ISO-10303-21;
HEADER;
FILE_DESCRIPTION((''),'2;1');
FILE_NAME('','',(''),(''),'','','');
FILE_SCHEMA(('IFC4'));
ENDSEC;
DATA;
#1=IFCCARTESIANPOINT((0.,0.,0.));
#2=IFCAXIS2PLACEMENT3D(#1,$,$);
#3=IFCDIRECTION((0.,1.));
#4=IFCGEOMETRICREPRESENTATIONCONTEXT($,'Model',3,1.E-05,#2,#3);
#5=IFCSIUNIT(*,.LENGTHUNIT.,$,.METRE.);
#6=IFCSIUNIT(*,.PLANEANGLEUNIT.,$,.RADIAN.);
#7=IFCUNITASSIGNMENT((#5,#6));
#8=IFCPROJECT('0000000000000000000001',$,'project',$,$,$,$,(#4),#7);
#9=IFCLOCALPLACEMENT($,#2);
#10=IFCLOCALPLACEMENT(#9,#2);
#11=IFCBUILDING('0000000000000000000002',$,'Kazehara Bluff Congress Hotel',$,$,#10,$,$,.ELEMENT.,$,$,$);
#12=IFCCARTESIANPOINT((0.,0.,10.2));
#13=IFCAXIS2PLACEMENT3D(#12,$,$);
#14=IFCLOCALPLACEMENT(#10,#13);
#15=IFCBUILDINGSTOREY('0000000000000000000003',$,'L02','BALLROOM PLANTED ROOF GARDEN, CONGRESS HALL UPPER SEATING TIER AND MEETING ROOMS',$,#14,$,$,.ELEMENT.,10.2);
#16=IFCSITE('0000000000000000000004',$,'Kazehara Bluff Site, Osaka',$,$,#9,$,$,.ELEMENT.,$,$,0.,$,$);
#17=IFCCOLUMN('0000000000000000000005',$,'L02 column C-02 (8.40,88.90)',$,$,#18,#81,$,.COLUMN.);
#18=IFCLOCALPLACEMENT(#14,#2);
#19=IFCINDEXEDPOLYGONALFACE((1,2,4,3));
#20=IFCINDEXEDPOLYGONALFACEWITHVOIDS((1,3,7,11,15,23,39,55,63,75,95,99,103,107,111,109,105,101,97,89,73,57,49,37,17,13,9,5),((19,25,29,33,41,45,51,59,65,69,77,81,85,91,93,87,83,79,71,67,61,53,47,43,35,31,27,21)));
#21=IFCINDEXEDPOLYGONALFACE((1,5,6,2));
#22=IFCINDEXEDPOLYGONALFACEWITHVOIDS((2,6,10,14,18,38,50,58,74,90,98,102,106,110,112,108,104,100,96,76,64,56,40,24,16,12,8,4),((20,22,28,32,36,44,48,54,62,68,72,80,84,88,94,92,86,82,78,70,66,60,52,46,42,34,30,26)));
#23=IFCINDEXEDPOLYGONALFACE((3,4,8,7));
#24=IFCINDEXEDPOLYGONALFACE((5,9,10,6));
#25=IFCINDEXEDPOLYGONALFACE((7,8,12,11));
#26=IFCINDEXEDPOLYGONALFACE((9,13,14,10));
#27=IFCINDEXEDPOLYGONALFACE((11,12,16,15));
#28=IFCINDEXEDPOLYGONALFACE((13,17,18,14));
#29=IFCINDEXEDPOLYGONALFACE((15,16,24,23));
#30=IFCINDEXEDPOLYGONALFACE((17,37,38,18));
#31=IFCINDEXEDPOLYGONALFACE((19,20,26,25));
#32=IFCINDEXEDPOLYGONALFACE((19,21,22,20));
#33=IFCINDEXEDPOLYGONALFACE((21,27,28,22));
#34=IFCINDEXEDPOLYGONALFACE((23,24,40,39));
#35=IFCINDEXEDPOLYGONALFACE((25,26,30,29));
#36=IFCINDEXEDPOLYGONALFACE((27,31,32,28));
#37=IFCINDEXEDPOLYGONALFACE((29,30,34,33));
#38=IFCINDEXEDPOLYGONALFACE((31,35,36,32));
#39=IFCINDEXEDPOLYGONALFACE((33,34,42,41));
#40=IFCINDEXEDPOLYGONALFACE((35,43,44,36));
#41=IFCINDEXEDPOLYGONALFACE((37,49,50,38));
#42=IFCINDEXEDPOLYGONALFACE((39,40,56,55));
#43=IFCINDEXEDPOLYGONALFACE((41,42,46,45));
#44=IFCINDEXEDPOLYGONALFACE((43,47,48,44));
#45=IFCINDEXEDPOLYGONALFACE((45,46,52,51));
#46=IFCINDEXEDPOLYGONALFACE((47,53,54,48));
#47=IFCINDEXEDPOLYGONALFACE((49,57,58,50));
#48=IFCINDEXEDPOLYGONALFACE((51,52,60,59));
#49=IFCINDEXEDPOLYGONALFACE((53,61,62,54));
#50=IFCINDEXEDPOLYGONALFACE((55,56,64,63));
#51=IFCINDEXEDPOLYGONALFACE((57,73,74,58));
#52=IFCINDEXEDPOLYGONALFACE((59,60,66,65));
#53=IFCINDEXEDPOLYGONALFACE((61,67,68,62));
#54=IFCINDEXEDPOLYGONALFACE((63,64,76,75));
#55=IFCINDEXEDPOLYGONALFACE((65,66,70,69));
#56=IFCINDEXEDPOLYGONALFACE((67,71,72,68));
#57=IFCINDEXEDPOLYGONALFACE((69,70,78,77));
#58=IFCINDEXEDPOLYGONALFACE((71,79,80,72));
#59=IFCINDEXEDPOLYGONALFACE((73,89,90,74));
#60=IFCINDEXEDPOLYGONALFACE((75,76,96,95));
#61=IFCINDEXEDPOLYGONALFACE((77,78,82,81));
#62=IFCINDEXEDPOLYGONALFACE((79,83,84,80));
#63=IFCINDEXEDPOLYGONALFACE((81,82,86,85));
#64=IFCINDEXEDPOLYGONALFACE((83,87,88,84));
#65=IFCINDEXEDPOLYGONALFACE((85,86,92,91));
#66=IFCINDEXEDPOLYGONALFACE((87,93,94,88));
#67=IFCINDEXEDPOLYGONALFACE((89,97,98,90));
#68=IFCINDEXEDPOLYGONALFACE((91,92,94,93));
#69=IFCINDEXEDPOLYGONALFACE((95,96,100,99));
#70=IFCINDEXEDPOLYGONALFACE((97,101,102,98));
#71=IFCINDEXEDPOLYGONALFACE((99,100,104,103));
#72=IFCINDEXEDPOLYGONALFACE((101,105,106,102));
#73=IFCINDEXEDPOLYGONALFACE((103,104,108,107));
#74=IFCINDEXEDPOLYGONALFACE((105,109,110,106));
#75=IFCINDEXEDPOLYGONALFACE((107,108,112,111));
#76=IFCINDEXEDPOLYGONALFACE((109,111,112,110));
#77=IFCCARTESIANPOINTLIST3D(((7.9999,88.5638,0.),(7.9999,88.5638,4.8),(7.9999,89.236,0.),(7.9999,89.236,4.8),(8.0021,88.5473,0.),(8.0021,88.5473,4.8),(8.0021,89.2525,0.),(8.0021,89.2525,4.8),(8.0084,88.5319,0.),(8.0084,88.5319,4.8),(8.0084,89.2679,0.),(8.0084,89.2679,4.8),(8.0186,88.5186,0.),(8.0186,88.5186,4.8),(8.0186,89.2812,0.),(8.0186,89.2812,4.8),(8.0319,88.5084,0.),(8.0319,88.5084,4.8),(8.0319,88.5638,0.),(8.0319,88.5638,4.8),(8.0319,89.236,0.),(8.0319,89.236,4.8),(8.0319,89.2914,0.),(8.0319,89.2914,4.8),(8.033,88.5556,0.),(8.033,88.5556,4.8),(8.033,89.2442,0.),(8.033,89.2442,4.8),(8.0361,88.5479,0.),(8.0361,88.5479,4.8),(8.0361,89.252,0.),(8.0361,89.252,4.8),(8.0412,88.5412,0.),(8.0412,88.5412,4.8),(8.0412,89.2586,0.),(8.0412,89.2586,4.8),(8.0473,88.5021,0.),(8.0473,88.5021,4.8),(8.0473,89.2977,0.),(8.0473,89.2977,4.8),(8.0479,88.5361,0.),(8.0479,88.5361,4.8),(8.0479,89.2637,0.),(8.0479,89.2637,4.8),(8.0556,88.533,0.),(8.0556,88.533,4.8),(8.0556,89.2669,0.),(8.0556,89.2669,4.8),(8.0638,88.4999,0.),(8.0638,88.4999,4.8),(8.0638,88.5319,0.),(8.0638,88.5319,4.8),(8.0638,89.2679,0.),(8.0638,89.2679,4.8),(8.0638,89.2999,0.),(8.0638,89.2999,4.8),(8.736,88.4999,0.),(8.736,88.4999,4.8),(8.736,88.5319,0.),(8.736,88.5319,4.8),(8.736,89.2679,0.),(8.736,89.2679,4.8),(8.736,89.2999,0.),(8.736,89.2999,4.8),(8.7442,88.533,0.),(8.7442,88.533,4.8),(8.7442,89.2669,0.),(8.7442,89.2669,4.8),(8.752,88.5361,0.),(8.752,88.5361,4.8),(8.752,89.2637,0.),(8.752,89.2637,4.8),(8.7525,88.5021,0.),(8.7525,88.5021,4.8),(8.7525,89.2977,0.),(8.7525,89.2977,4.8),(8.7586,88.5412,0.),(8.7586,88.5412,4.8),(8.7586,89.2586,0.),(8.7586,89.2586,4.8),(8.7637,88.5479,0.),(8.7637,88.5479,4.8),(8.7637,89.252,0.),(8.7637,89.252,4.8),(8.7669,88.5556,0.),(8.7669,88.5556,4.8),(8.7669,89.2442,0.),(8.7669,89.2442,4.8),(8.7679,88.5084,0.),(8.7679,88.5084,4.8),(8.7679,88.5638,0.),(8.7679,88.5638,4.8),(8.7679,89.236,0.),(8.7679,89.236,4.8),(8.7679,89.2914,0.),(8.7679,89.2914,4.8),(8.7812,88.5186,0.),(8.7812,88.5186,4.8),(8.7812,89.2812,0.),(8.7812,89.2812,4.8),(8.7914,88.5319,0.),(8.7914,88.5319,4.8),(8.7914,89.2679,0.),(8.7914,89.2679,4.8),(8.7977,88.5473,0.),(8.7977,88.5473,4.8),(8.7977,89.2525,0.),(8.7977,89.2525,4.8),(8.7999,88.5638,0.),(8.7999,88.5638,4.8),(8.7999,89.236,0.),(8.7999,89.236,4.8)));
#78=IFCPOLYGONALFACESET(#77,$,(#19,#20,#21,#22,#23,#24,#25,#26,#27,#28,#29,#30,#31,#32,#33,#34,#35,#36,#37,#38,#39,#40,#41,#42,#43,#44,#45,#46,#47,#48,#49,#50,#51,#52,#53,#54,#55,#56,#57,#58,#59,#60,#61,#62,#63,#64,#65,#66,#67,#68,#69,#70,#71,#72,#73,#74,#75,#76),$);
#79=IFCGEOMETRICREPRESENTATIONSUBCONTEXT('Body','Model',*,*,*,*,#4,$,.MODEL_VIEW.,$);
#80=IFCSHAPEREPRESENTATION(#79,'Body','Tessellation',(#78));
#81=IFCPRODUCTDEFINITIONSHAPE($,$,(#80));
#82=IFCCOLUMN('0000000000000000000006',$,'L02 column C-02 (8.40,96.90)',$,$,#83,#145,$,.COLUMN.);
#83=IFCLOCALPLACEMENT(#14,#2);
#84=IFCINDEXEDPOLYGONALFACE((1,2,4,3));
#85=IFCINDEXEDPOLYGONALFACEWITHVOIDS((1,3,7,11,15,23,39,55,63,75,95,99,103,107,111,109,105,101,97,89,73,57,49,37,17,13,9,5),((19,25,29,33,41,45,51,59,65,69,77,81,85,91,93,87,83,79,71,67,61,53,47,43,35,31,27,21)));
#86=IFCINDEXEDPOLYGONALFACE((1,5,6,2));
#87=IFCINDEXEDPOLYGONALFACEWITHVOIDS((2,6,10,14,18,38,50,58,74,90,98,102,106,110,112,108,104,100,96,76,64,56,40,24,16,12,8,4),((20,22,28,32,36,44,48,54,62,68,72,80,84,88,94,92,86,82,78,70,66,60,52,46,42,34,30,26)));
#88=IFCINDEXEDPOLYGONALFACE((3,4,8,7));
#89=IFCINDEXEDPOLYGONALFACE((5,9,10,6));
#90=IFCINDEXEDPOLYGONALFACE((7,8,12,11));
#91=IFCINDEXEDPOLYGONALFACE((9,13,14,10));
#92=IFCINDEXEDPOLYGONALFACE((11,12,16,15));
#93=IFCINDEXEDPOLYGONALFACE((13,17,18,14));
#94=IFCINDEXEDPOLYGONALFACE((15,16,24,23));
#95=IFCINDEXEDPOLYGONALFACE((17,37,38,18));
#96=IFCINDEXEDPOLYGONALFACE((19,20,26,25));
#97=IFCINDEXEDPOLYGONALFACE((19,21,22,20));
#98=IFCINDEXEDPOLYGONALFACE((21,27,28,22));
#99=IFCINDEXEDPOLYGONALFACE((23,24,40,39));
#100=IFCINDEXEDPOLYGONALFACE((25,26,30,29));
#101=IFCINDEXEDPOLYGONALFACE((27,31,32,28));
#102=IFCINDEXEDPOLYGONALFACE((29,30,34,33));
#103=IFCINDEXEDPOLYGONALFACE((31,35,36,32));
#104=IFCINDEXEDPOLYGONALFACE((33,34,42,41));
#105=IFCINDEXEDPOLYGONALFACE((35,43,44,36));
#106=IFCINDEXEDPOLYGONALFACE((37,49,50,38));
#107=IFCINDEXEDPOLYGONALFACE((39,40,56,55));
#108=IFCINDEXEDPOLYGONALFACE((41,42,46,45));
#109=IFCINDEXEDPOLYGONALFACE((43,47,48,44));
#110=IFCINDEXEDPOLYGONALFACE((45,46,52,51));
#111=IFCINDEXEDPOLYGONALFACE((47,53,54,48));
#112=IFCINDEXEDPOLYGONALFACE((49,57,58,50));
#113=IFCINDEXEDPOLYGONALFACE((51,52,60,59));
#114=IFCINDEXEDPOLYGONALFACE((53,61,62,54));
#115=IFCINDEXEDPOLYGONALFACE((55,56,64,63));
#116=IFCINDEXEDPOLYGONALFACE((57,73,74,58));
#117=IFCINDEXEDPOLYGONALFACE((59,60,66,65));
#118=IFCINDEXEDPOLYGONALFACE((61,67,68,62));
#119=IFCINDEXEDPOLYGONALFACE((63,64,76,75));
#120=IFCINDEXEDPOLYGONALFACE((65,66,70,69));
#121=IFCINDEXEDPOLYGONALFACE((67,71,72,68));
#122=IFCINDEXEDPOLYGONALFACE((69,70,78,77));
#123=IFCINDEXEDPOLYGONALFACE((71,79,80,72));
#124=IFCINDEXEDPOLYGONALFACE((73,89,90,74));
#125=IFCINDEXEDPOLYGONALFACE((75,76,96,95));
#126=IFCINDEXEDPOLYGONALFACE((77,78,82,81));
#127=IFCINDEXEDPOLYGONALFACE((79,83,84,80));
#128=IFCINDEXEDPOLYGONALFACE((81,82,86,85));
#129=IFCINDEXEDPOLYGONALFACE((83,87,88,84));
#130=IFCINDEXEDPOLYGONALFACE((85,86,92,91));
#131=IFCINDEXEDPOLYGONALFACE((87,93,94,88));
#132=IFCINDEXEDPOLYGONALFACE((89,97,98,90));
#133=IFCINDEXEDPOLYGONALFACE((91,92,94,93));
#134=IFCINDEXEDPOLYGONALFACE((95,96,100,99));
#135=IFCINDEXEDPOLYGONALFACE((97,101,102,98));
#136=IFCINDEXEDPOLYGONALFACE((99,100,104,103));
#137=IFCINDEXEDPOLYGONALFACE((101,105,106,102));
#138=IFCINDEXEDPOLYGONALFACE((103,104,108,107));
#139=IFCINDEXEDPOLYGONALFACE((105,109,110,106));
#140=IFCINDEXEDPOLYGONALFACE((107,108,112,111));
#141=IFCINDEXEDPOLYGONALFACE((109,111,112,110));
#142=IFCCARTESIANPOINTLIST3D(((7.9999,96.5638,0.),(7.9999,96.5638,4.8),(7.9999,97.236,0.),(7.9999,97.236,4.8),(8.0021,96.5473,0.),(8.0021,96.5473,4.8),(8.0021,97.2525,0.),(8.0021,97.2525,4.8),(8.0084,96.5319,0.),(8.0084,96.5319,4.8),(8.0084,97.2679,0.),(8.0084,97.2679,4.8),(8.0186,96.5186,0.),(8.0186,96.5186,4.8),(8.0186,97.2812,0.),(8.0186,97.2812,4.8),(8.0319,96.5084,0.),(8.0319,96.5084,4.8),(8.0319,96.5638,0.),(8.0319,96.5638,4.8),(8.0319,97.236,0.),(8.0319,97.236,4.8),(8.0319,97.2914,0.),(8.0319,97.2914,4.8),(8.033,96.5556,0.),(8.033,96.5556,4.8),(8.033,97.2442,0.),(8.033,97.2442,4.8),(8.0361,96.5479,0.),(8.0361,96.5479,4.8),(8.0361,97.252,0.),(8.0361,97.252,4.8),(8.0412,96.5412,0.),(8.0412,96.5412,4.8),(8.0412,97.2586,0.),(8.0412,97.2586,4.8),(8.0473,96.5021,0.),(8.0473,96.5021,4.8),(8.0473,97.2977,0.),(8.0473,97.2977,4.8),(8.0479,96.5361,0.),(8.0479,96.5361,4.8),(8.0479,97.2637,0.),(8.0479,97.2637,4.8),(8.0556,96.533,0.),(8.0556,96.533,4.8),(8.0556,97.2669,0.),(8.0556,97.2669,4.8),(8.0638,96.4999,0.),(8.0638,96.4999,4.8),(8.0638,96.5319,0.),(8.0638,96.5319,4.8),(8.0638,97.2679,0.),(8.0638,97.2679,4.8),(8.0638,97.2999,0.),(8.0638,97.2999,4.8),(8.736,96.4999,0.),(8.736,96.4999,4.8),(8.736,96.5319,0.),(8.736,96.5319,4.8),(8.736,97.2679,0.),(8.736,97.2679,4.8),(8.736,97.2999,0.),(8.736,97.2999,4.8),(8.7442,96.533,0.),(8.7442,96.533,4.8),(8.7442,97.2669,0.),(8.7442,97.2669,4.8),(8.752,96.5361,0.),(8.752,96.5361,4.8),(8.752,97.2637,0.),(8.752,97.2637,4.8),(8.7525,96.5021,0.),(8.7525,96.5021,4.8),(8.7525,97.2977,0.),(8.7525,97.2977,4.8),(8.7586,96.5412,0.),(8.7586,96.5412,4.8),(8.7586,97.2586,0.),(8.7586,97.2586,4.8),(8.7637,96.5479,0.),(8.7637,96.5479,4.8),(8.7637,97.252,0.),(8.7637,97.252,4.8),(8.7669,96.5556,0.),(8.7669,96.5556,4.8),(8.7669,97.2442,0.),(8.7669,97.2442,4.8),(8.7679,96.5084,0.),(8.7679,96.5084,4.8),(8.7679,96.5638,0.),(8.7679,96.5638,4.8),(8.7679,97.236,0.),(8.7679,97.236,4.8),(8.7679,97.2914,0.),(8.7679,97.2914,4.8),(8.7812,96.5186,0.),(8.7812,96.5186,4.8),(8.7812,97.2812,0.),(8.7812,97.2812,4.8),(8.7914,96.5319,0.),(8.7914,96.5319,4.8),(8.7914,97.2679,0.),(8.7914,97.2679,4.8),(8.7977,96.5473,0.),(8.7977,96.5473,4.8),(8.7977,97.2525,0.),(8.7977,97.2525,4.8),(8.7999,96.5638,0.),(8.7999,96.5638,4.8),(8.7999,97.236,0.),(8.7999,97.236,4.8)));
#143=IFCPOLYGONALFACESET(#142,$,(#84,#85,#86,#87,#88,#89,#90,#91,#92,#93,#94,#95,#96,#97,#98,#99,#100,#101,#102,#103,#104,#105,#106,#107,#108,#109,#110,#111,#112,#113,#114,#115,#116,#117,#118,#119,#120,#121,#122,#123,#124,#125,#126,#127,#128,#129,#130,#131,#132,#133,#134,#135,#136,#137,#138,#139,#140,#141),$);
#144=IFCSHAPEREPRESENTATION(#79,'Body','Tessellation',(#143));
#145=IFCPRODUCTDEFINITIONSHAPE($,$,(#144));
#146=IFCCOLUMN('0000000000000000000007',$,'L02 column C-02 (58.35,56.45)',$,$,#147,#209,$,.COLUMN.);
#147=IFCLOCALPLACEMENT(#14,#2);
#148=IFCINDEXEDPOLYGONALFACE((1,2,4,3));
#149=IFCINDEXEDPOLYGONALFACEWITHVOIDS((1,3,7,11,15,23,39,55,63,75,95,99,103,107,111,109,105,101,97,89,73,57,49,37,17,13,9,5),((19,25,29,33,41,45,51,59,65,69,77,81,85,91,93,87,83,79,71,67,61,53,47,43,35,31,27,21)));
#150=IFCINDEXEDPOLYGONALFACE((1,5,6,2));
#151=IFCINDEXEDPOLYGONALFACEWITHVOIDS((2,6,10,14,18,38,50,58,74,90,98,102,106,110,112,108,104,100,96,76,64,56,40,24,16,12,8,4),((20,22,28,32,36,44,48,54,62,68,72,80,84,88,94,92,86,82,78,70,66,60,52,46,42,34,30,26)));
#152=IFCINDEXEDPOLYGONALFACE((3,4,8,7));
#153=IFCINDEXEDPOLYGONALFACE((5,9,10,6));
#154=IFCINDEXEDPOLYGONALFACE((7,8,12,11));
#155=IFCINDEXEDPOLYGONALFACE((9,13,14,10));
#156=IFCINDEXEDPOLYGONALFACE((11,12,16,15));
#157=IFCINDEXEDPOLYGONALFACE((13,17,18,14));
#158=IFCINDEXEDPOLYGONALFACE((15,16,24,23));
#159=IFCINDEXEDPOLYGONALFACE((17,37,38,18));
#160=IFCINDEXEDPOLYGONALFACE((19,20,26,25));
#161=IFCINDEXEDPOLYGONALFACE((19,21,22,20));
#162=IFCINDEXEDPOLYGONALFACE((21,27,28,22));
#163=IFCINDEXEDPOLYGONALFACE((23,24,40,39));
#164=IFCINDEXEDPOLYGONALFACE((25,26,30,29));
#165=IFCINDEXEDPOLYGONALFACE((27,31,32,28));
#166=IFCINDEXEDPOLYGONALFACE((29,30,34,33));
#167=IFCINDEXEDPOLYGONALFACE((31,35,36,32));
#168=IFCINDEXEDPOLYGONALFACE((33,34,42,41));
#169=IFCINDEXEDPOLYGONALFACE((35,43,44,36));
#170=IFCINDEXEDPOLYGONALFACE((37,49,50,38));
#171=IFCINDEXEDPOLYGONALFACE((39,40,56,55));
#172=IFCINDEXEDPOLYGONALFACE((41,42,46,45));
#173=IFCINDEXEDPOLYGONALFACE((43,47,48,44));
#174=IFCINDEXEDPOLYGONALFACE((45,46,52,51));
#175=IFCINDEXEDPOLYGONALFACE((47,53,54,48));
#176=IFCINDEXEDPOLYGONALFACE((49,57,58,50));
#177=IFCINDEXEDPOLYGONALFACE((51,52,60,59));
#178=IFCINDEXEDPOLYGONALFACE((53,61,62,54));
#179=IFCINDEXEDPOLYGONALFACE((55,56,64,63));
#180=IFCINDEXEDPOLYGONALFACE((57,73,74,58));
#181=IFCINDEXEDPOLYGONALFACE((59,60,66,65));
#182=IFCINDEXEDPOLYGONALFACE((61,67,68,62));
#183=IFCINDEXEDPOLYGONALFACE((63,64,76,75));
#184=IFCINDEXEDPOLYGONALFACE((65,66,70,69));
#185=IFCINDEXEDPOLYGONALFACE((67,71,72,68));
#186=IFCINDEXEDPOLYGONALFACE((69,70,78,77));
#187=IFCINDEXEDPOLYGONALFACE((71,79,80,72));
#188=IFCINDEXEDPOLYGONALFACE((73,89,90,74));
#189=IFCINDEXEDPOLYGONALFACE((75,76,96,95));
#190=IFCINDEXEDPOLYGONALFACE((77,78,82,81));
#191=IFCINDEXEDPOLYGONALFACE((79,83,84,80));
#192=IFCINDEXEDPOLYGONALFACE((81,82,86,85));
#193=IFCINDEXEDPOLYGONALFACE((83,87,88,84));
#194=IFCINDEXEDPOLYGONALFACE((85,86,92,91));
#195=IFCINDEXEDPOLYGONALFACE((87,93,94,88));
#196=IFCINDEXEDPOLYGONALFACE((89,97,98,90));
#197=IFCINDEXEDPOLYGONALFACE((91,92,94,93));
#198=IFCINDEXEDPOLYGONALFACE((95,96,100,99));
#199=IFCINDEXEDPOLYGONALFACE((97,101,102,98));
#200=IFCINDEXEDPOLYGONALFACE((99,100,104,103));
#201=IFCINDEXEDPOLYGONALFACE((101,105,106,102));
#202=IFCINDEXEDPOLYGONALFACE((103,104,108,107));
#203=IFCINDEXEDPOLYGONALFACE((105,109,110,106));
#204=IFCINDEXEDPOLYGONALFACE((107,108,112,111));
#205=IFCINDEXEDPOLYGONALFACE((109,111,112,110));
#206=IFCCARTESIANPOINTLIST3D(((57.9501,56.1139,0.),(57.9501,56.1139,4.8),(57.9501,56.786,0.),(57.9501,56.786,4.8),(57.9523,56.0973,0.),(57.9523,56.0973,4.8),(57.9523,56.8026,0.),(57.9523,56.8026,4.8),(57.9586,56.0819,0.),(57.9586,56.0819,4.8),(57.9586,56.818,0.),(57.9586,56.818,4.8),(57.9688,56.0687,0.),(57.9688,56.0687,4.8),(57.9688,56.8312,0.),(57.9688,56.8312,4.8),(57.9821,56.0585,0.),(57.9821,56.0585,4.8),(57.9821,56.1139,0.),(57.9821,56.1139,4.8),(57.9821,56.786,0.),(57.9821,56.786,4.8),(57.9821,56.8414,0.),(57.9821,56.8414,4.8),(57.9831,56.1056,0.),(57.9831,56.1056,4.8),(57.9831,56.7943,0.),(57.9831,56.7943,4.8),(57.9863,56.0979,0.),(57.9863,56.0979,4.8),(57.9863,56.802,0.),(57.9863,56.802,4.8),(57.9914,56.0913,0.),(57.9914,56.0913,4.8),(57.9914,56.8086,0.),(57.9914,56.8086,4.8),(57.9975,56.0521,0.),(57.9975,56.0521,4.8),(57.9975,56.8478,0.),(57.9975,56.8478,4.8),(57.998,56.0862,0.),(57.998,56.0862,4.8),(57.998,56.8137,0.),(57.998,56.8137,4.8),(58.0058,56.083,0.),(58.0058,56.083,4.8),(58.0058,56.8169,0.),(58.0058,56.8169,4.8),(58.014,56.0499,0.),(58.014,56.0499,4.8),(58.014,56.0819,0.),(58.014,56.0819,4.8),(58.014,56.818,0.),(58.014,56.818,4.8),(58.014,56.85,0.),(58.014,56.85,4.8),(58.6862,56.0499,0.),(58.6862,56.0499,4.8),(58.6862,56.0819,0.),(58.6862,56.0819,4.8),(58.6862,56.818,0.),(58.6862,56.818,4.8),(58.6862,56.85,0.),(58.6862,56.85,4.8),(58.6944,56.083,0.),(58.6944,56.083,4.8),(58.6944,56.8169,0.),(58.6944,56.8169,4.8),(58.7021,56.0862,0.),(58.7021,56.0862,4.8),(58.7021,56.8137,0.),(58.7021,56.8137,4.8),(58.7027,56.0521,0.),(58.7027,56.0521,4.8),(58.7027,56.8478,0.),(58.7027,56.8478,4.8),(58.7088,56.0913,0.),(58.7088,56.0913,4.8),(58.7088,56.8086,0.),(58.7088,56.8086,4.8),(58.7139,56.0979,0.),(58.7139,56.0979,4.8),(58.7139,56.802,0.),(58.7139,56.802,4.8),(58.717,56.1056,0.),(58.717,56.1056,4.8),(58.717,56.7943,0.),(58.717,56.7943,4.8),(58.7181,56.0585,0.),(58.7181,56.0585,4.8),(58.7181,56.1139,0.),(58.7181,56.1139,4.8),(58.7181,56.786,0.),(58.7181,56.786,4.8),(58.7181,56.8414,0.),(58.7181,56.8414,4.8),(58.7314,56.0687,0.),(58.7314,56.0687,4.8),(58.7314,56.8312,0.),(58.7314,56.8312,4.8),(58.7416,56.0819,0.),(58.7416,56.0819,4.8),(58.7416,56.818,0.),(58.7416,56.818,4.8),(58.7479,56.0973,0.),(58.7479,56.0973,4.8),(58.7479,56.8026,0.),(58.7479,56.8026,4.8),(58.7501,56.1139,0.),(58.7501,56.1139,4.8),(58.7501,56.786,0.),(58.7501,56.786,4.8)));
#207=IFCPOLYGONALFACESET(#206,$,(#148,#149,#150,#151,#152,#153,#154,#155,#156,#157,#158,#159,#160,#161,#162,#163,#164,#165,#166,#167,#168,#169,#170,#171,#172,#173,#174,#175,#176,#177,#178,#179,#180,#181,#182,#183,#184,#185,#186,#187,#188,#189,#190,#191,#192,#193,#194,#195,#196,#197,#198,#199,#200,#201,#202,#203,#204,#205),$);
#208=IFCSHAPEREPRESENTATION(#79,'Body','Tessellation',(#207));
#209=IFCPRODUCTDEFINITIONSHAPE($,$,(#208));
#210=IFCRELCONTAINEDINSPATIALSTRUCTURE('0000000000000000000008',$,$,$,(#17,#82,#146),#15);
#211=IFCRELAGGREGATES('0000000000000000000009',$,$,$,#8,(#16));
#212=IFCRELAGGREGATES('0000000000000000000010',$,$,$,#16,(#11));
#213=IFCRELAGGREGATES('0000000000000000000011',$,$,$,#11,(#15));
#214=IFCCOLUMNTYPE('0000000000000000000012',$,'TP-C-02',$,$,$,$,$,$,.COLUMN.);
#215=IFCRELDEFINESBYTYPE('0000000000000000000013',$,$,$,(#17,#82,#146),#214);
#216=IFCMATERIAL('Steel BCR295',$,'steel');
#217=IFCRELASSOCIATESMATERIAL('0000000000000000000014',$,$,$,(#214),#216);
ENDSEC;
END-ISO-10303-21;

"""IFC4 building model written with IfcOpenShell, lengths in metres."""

from ifc_helpers import new_model, si_unit, direction, frame, origin, origin_2d, place, context, subcontext, project, spatial, hollow_rectangle, extrude, material, material_profile, profile_set, type_object, element, save


model = new_model("IFC4")

# Units and contexts
model_context = context("Model", 3, precision=1e-05, world=origin(), true_north=direction((0.0, 1.0)))
body_context = subcontext(model_context, "Body", "Model", "MODEL_VIEW")
ifc_project = project(units=[si_unit("LENGTHUNIT", "METRE"), si_unit("PLANEANGLEUNIT", "RADIAN")], contexts=[model_context])

# Site, building, storey
site_placement = place(None, origin())
site = spatial("IfcSite", under=ifc_project, at=site_placement, Name="Kazehara Bluff Site, Osaka", CompositionType="ELEMENT", RefElevation=0.0)
building_placement = place(site_placement, origin())
building = spatial("IfcBuilding", under=site, at=building_placement, Name="Kazehara Bluff Congress Hotel", CompositionType="ELEMENT")
storey_placement = place(building_placement, frame((0.0, 0.0, 10.2)))
storey = spatial("IfcBuildingStorey", under=building, at=storey_placement, Name="L02", Description="BALLROOM PLANTED ROOF GARDEN, CONGRESS HALL UPPER SEATING TIER AND MEETING ROOMS", CompositionType="ELEMENT", Elevation=10.2)

# Columns
ifc_material_1 = material(Name="Steel BCR295", Category="steel")
ifc_material_profile_1 = material_profile(ifc_material_1, hollow_rectangle(XDim=0.8, YDim=0.8, WallThickness=0.032, InnerFilletRadius=0.032, OuterFilletRadius=0.064, at=origin_2d()))
ifc_profile_set_1 = profile_set([ifc_material_profile_1], Name="Steel BCR295")
column_type = type_object("IfcColumnType", Name="TP-C-02", PredefinedType="COLUMN", material=ifc_profile_set_1)
for number, where, z_axis, x_axis, name in (
    (1, (8.3999, 88.8999, 0.0), (0.0, 0.0, 1.0), (1.0, 0.0, 0.0), "L02 column C-02 (8.40,88.90)"),
    (2, (8.3999, 96.8999, 0.0), (0.0, 0.0, 1.0), (1.0, 0.0, 0.0), "L02 column C-02 (8.40,96.90)"),
    (3, (58.3501, 56.45, 0.0), (0.0, 0.0, 1.0), (1.0, 0.0, 0.0), "L02 column C-02 (58.35,56.45)"),
):
    element("IfcColumn", number, at=place(storey_placement, frame(where, z_axis=z_axis, x_axis=x_axis)), inside=storey, type_object=column_type, Name=name, PredefinedType="COLUMN", context=body_context, shape_type="SweptSolid", body=[
        extrude(hollow_rectangle(XDim=0.8, YDim=0.8, WallThickness=0.032, InnerFilletRadius=0.032, OuterFilletRadius=0.064, at=origin_2d()), origin(), (0.0, 0.0, 1.0), 4.8),
    ])

save(model, "model.ifc")
